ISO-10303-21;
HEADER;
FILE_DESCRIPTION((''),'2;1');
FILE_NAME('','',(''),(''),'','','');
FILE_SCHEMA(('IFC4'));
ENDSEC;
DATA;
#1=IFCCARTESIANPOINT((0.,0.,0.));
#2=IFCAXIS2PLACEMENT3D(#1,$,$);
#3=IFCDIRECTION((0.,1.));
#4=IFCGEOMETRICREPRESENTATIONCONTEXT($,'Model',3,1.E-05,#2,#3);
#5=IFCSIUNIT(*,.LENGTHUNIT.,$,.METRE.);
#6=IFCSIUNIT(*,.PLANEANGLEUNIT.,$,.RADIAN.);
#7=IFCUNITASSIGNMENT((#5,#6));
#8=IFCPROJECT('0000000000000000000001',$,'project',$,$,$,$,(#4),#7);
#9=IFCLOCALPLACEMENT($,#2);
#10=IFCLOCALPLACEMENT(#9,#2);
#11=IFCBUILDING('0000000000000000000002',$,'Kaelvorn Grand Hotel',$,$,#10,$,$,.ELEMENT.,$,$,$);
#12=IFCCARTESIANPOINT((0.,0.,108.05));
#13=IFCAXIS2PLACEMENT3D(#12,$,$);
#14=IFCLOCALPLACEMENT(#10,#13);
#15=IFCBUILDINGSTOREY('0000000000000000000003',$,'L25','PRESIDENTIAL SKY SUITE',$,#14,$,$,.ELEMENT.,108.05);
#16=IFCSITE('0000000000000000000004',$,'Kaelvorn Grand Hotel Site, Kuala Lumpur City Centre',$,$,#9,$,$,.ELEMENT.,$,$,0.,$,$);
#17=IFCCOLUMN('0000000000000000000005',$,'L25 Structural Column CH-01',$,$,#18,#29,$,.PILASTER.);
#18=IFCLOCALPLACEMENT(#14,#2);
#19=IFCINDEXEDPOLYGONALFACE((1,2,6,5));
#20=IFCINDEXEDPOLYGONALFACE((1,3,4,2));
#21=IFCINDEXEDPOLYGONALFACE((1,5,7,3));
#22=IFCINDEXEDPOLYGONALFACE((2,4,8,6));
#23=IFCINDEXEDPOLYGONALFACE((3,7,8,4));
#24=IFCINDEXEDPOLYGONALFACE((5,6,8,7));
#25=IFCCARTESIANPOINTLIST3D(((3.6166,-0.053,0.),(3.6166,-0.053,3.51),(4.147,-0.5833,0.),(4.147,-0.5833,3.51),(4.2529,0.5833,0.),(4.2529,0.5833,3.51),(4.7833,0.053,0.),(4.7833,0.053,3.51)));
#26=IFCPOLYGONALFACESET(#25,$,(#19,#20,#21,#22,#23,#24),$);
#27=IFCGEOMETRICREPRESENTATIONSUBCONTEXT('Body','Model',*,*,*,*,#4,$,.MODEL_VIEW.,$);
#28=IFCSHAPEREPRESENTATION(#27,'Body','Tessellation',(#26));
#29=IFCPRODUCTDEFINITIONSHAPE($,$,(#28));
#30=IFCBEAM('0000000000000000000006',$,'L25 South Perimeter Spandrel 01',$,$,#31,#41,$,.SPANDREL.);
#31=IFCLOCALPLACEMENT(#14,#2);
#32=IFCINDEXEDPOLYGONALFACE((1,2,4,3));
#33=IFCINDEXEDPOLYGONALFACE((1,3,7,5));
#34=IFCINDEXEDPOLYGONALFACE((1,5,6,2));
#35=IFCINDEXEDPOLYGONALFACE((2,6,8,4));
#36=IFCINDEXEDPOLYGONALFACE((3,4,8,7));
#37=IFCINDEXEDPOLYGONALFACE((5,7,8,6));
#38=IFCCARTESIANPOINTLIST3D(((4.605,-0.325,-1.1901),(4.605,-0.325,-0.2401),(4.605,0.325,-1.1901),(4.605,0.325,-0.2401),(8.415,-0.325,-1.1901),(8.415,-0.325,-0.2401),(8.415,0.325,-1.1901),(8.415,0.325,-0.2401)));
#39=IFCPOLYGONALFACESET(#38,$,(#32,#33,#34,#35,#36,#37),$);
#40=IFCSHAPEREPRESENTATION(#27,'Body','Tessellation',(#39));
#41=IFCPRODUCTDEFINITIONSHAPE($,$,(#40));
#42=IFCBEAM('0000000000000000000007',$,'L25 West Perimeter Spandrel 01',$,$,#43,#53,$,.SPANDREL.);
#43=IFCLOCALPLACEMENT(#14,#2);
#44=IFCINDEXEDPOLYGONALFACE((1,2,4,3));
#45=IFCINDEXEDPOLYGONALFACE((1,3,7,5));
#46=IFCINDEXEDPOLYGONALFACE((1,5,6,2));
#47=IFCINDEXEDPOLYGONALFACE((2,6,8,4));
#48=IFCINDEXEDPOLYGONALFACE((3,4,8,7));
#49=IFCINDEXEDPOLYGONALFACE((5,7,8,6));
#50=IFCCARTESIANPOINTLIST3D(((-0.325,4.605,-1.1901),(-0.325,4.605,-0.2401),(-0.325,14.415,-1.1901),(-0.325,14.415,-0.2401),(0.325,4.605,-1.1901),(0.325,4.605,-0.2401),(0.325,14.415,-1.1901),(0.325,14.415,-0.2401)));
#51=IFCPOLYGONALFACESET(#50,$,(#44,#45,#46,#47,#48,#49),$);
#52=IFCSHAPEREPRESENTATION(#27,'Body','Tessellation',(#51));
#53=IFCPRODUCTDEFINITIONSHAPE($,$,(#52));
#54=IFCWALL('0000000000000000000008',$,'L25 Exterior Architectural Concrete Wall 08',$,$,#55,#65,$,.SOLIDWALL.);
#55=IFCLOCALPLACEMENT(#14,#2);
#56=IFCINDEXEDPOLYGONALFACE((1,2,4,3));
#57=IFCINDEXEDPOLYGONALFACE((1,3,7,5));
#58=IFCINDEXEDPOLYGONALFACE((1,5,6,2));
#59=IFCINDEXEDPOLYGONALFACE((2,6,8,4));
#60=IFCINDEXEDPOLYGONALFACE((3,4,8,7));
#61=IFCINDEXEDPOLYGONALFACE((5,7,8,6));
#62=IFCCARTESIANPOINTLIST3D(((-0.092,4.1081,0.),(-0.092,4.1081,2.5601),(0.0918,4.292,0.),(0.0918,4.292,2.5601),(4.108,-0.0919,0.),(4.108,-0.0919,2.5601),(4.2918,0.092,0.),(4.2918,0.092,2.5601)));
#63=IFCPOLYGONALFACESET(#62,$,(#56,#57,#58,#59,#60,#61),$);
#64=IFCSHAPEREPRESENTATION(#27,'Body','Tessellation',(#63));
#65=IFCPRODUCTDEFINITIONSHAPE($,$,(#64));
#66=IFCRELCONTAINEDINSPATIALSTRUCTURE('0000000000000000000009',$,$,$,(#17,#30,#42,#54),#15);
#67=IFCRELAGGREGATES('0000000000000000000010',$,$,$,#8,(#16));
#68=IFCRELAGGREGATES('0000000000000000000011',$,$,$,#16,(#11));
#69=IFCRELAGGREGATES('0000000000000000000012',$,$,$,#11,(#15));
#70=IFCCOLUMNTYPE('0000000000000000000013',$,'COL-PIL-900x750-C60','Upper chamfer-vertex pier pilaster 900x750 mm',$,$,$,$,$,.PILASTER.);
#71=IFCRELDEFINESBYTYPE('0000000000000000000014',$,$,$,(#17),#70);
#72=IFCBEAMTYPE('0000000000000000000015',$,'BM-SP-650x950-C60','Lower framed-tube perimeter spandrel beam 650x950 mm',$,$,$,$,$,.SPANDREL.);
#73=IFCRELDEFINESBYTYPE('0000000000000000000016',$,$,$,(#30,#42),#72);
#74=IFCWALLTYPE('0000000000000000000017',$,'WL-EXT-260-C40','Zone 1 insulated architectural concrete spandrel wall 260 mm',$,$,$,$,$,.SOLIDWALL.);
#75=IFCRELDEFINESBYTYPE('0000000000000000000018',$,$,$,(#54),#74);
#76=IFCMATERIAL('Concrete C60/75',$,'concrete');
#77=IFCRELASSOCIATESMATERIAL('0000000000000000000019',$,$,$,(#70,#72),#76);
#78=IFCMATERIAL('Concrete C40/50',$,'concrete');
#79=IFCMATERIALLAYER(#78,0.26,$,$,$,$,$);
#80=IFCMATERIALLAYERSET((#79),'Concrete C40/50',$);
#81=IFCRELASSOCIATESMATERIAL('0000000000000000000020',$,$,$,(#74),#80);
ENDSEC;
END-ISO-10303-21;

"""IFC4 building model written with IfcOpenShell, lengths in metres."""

from ifc_helpers import new_model, si_unit, direction, frame, frame_2d, origin, origin_2d, place, context, subcontext, project, spatial, rectangle, extrude, material, layer, layer_set, material_profile, profile_set, type_object, element, save


model = new_model("IFC4")

# Units and contexts
model_context = context("Model", 3, precision=1e-05, world=origin(), true_north=direction((0.0, 1.0)))
body_context = subcontext(model_context, "Body", "Model", "MODEL_VIEW")
ifc_project = project(units=[si_unit("LENGTHUNIT", "METRE"), si_unit("PLANEANGLEUNIT", "RADIAN")], contexts=[model_context])

# Site, building, storey
site_placement = place(None, origin())
site = spatial("IfcSite", under=ifc_project, at=site_placement, Name="Kaelvorn Grand Hotel Site, Kuala Lumpur City Centre", CompositionType="ELEMENT", RefElevation=0.0)
building_placement = place(site_placement, origin())
building = spatial("IfcBuilding", under=site, at=building_placement, Name="Kaelvorn Grand Hotel", CompositionType="ELEMENT")
storey_placement = place(building_placement, frame((0.0, 0.0, 108.05)))
storey = spatial("IfcBuildingStorey", under=building, at=storey_placement, Name="L25", Description="PRESIDENTIAL SKY SUITE", CompositionType="ELEMENT", Elevation=108.05)

# Column
ifc_material_1 = material(Name="Concrete C60/75", Category="concrete")
ifc_material_profile_1 = material_profile(ifc_material_1, rectangle(XDim=0.8999, YDim=0.75, at=origin_2d()), Name="RC PILASTER 900x750")
ifc_profile_set_1 = profile_set([ifc_material_profile_1], Name="Concrete C60/75")
column_type = type_object("IfcColumnType", Name="COL-PIL-900x750-C60", Description="Upper chamfer-vertex pier pilaster 900x750 mm", PredefinedType="PILASTER", material=ifc_profile_set_1)
column_placement = place(storey_placement, frame((4.2, 0.0, 0.0), z_axis=(0.0, 0.0, 1.0), x_axis=(0.707107, 0.707107, 0.0)))
element("IfcColumn", 1, at=column_placement, inside=storey, type_object=column_type, Name="L25 Structural Column CH-01", PredefinedType="PILASTER", context=body_context, shape_type="SweptSolid", body=[
    extrude(rectangle(XDim=0.8999, YDim=0.75, at=origin_2d()), origin(), (0.0, 0.0, 1.0), 3.51),
])

# Beams
ifc_material_profile_2 = material_profile(ifc_material_1, rectangle(XDim=0.6499, YDim=0.95, at=origin_2d()), Name="RC SPANDREL 650x950")
ifc_profile_set_2 = profile_set([ifc_material_profile_2], Name="Concrete C60/75")
beam_type = type_object("IfcBeamType", Name="BM-SP-650x950-C60", Description="Lower framed-tube perimeter spandrel beam 650x950 mm", PredefinedType="SPANDREL", material=ifc_profile_set_2)
beam_1_placement = place(storey_placement, frame((4.605, 0.0, -0.7151), z_axis=(1.0, 0.0, 0.0), x_axis=(0.0, 1.0, 0.0)))
element("IfcBeam", 2, at=beam_1_placement, inside=storey, type_object=beam_type, Name="L25 South Perimeter Spandrel 01", PredefinedType="SPANDREL", context=body_context, shape_type="SweptSolid", body=[
    extrude(rectangle(XDim=0.6499, YDim=0.95, at=origin_2d()), origin(), (0.0, 0.0, 1.0), 3.8101),
])
beam_2_placement = place(storey_placement, frame((0.0, 4.605, -0.7151), z_axis=(0.0, 1.0, 0.0), x_axis=(-1.0, 0.0, 0.0)))
element("IfcBeam", 3, at=beam_2_placement, inside=storey, type_object=beam_type, Name="L25 West Perimeter Spandrel 01", PredefinedType="SPANDREL", context=body_context, shape_type="SweptSolid", body=[
    extrude(rectangle(XDim=0.6499, YDim=0.95, at=origin_2d()), origin(), (0.0, 0.0, 1.0), 9.8101),
])

# Shared definitions
ifc_material_2 = material(Name="Concrete C40/50", Category="concrete")
ifc_layer = layer(ifc_material_2, 0.26)
ifc_layer_set = layer_set([ifc_layer], Name="Concrete C40/50")
wall_type = type_object("IfcWallType", Name="WL-EXT-260-C40", Description="Zone 1 insulated architectural concrete spandrel wall 260 mm", PredefinedType="SOLIDWALL", material=ifc_layer_set)

# Wall
wall_1_placement = place(storey_placement, frame((0.0, 4.2, 0.0), z_axis=(0.0, 0.0, 1.0), x_axis=(0.707107, -0.707107, 0.0)))
element("IfcWall", 4, at=wall_1_placement, inside=storey, type_object=wall_type, Name="L25 Exterior Architectural Concrete Wall 08", PredefinedType="SOLIDWALL", context=body_context, shape_type="SweptSolid", body=[
    extrude(rectangle(XDim=5.9397, YDim=0.26, at=frame_2d((2.9697, 0.0))), origin(), (0.0, 0.0, 1.0), 2.5601),
])

save(model, "model.ifc")
